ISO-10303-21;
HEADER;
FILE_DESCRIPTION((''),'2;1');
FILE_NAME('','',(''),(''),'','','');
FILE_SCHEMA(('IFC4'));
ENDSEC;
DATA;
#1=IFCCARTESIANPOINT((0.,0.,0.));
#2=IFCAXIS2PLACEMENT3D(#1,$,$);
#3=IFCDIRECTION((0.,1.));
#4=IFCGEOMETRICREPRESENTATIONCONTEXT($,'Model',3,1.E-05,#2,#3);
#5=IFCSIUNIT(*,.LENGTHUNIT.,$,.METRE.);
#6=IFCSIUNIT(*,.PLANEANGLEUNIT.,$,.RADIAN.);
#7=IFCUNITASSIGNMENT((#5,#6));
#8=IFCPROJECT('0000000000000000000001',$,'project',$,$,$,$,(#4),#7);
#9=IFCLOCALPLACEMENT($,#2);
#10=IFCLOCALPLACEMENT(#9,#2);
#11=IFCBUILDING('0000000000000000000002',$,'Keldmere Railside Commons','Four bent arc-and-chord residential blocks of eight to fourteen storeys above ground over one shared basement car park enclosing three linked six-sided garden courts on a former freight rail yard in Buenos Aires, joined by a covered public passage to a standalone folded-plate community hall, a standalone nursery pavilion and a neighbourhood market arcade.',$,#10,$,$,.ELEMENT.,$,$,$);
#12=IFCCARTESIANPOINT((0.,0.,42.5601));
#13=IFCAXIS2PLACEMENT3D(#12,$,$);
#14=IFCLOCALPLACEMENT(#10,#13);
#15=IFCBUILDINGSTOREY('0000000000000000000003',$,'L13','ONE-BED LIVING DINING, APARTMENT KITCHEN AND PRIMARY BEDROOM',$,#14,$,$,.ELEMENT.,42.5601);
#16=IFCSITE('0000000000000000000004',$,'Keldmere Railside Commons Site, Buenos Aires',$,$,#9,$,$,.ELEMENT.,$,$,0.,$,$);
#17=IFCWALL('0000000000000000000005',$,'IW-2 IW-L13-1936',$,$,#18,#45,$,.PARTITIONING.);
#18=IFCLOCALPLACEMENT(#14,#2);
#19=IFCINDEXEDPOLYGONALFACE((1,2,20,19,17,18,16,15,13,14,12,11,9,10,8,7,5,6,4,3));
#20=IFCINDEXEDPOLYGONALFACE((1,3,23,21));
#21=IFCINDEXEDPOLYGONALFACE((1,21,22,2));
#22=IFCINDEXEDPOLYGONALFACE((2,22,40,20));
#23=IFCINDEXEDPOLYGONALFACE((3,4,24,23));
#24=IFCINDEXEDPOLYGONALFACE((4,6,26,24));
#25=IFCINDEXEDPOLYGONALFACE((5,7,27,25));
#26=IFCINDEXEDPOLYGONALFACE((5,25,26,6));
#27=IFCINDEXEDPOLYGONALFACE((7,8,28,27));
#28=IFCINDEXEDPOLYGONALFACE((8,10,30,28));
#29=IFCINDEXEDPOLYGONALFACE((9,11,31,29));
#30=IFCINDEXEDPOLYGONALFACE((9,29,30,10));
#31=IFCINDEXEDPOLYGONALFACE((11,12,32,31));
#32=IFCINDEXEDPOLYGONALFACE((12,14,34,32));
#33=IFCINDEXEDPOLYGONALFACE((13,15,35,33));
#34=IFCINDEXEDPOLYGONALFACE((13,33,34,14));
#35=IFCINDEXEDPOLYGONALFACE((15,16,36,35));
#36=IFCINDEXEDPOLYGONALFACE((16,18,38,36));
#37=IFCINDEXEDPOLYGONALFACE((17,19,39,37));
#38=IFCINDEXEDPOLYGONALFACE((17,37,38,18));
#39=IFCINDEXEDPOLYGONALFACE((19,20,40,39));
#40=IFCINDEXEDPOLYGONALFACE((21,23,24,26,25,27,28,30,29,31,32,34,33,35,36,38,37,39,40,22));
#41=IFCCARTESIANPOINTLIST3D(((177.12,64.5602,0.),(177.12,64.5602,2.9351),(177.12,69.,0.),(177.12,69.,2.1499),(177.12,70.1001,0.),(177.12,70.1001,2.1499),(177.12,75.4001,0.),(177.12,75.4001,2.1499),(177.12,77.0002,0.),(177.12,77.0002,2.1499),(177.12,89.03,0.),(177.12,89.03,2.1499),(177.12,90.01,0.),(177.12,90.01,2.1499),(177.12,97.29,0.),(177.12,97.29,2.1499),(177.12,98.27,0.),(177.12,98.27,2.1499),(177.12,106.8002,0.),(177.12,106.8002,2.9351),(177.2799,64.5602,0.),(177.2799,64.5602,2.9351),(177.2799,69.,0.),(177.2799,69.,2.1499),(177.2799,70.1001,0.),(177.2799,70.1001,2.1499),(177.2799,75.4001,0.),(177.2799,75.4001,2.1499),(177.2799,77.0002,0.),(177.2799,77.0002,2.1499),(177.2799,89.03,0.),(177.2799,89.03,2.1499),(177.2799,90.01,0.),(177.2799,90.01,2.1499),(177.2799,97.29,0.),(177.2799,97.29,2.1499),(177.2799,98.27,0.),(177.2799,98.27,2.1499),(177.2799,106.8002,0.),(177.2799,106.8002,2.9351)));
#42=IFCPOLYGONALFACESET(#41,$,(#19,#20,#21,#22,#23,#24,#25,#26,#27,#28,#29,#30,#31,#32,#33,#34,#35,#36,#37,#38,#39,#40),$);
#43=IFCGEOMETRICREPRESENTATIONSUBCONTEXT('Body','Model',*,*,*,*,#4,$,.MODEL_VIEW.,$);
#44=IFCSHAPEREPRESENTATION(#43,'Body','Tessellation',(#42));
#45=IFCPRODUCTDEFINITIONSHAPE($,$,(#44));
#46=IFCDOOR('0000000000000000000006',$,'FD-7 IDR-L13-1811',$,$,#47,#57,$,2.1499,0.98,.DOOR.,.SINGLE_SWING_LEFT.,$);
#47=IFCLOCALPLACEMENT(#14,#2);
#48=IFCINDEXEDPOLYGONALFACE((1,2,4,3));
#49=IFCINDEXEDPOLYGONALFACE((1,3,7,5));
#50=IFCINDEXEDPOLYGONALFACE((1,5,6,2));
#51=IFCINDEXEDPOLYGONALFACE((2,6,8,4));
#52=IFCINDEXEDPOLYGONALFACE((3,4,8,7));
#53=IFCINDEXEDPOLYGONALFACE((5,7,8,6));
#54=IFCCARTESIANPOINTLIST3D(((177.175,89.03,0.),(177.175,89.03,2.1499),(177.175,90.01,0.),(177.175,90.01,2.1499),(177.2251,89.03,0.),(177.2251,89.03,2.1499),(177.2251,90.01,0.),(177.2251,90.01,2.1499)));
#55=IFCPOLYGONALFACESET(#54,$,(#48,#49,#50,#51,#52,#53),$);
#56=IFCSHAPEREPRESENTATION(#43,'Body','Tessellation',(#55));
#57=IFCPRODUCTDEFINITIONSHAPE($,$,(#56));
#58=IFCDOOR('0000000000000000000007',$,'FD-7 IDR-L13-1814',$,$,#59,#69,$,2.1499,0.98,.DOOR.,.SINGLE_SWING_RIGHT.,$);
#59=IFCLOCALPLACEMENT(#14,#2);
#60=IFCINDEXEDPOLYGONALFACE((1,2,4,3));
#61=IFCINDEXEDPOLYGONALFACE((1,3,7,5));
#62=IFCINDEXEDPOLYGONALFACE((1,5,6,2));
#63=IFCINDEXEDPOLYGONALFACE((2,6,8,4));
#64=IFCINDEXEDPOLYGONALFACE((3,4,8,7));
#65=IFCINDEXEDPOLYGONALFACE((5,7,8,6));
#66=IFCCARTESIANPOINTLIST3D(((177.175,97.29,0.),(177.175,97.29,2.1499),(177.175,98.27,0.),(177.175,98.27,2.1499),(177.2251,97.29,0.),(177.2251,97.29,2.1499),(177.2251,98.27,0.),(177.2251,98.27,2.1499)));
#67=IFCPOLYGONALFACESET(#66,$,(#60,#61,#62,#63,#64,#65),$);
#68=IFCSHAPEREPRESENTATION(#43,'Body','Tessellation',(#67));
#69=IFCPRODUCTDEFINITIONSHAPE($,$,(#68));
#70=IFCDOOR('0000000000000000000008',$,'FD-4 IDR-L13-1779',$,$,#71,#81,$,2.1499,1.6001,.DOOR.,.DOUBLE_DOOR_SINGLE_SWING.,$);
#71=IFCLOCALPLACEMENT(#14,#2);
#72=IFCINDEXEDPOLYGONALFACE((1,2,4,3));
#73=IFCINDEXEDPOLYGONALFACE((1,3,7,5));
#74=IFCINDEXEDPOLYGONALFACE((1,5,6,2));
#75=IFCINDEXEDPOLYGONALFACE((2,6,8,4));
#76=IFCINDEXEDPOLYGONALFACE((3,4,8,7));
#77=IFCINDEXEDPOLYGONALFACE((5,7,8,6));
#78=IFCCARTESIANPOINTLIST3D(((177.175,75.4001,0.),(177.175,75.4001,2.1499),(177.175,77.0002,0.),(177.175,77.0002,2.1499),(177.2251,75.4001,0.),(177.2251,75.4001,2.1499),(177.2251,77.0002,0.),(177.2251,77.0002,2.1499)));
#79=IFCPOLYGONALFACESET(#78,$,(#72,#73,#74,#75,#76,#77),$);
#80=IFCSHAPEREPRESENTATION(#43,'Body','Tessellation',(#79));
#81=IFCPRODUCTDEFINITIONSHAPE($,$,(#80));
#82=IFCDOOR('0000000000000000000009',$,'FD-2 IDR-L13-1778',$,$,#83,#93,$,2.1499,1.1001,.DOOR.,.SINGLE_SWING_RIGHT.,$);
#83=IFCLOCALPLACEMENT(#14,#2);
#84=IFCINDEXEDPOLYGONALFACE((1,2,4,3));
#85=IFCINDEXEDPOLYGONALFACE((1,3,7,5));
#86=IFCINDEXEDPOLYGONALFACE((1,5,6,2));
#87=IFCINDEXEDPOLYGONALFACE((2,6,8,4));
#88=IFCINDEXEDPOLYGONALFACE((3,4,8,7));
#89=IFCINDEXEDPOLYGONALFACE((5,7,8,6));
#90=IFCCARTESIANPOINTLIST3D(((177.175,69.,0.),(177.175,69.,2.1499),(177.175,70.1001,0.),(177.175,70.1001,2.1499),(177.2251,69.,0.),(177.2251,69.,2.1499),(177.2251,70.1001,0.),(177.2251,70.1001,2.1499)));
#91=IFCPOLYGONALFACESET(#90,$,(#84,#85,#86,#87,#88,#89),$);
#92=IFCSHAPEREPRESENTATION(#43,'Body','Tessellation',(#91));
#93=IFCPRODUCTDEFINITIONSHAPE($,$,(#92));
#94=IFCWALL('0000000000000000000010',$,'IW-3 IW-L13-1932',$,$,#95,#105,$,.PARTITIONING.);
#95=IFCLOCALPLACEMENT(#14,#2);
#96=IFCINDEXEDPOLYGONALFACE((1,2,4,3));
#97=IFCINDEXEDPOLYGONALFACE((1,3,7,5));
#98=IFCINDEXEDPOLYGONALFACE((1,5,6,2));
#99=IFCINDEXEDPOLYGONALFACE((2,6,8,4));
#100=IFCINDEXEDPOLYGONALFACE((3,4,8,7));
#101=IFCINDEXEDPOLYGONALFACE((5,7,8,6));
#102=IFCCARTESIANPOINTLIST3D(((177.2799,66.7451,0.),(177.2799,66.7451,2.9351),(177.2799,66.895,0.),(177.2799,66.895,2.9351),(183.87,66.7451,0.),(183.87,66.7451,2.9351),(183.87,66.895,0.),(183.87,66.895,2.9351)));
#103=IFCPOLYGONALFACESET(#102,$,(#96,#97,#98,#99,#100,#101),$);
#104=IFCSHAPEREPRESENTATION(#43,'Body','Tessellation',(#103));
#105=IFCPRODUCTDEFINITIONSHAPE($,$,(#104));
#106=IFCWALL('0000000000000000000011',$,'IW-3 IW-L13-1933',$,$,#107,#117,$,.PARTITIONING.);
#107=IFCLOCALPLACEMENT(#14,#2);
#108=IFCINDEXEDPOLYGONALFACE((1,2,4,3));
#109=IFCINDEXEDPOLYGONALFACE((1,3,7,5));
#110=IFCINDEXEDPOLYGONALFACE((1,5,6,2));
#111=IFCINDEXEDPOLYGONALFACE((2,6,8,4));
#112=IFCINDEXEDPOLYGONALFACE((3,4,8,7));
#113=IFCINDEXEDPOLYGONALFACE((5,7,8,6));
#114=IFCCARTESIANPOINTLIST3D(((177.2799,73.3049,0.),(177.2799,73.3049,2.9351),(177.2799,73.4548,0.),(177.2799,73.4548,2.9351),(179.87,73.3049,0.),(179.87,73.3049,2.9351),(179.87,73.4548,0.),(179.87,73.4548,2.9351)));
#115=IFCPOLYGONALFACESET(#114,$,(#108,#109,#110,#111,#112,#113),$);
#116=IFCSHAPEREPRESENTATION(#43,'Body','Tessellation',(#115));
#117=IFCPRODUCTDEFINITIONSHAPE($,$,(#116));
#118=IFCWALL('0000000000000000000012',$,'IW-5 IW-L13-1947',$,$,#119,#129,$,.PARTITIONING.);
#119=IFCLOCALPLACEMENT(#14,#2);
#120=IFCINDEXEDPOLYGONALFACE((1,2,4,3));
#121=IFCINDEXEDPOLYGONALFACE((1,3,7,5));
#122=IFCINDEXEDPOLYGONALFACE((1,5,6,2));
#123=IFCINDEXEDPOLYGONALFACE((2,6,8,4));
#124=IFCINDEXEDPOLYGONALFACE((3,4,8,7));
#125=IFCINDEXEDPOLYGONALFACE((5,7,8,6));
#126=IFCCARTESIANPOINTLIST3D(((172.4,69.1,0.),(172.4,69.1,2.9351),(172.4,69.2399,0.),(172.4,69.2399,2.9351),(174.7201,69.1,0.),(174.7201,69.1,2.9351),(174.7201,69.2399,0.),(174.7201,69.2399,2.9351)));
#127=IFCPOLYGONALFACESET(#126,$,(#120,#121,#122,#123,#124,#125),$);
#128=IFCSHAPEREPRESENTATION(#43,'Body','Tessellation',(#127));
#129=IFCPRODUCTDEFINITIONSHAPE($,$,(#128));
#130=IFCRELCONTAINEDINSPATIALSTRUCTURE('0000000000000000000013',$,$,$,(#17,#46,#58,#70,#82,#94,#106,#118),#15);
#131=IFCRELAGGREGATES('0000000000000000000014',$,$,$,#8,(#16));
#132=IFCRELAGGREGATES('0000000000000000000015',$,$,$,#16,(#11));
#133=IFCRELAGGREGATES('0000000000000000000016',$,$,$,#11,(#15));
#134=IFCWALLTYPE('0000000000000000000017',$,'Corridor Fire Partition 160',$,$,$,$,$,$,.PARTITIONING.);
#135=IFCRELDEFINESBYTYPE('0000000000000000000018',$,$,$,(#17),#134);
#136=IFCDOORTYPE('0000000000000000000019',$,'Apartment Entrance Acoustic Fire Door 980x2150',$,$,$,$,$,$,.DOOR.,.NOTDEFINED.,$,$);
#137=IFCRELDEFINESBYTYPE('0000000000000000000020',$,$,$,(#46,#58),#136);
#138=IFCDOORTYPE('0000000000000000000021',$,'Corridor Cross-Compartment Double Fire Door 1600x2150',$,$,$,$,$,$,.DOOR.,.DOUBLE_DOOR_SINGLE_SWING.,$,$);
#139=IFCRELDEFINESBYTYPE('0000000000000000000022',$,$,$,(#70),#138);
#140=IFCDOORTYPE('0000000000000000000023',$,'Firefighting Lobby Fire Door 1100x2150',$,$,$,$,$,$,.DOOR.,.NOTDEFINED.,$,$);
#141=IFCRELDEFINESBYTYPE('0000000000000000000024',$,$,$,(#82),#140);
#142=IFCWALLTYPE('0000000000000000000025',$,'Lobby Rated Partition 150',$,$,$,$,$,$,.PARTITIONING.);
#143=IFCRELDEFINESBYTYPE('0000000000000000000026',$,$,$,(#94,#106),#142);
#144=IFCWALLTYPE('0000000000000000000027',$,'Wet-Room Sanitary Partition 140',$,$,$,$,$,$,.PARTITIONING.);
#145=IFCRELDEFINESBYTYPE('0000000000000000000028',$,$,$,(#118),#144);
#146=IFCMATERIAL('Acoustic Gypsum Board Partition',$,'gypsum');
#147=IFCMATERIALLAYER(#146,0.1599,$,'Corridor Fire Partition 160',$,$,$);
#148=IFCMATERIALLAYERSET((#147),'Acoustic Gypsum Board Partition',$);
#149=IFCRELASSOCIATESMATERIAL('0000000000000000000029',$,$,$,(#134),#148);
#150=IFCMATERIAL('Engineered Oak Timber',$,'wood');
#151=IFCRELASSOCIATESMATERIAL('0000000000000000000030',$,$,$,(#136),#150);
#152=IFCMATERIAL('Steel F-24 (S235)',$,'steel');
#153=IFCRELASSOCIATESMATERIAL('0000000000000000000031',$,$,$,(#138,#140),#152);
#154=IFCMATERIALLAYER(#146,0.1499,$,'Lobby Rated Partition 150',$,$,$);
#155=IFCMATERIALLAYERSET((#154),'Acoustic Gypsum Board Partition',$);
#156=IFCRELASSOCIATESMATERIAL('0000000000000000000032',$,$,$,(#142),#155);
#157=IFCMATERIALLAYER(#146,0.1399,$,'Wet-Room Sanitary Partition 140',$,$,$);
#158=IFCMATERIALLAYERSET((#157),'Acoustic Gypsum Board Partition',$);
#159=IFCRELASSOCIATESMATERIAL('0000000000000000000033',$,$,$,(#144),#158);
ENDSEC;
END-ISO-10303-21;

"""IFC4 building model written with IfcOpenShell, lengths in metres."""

from ifc_helpers import new_model, si_unit, direction, frame, frame_2d, origin, place, context, subcontext, project, spatial, rectangle, extrude, material, layer, layer_set, type_object, element, fill, save


model = new_model("IFC4")

# Units and contexts
model_context = context("Model", 3, precision=1e-05, world=origin(), true_north=direction((0.0, 1.0)))
body_context = subcontext(model_context, "Body", "Model", "MODEL_VIEW")
ifc_project = project(units=[si_unit("LENGTHUNIT", "METRE"), si_unit("PLANEANGLEUNIT", "RADIAN")], contexts=[model_context])

# Site, building, storey
site_placement = place(None, origin())
site = spatial("IfcSite", under=ifc_project, at=site_placement, Name="Keldmere Railside Commons Site, Buenos Aires", CompositionType="ELEMENT", RefElevation=0.0)
building_placement = place(site_placement, origin())
building = spatial("IfcBuilding", under=site, at=building_placement, Name="Keldmere Railside Commons", Description="Four bent arc-and-chord residential blocks of eight to fourteen storeys above ground over one shared basement car park enclosing three linked six-sided garden courts on a former freight rail yard in Buenos Aires, joined by a covered public passage to a standalone folded-plate community hall, a standalone nursery pavilion and a neighbourhood market arcade.", CompositionType="ELEMENT")
storey_placement = place(building_placement, frame((0.0, 0.0, 42.5601)))
storey = spatial("IfcBuildingStorey", under=building, at=storey_placement, Name="L13", Description="ONE-BED LIVING DINING, APARTMENT KITCHEN AND PRIMARY BEDROOM", CompositionType="ELEMENT", Elevation=42.5601)

# Shared definitions
ifc_material_1 = material(Name="Acoustic Gypsum Board Partition", Category="gypsum")
ifc_material_2 = material(Name="Engineered Oak Timber", Category="wood")

# Shared definitions
ifc_material_3 = material(Name="Steel F-24 (S235)", Category="steel")

# Wall, openings, doors
ifc_layer_1 = layer(ifc_material_1, 0.1599, Name="Corridor Fire Partition 160")
ifc_layer_set_1 = layer_set([ifc_layer_1], Name="Acoustic Gypsum Board Partition")
wall_type_1 = type_object("IfcWallType", Name="Corridor Fire Partition 160", PredefinedType="PARTITIONING", material=ifc_layer_set_1)
door_type_1 = type_object("IfcDoorType", Name="Apartment Entrance Acoustic Fire Door 980x2150", OperationType="NOTDEFINED", PredefinedType="DOOR", material=ifc_material_2)
wall_1_placement = place(storey_placement, frame((177.2, 64.5601, 0.0), z_axis=(0.0, 0.0, 1.0), x_axis=(0.0, 1.0, 0.0)))
wall_1 = element("IfcWall", 1, at=wall_1_placement, inside=storey, type_object=wall_type_1, Name="IW-2 IW-L13-1936", PredefinedType="PARTITIONING", context=body_context, shape_type="SweptSolid", body=[
    extrude(rectangle(XDim=42.24, YDim=0.1599, at=frame_2d((21.1201, 0.0))), origin(), (0.0, 0.0, 1.0), 2.9351),
])
opening_1_placement = place(wall_1_placement, frame((4.4399, 0.0, 0.0)))
opening_1 = element("IfcOpeningElement", 2, at=opening_1_placement, cuts=wall_1, PredefinedType="OPENING", context=body_context, shape_type="SweptSolid", body=[
    extrude(rectangle(XDim=1.1001, YDim=2.1499, at=frame_2d((0.55, 1.075))), frame((0.0, 0.0898, 0.0), z_axis=(0.0, -1.0, 0.0), x_axis=(1.0, 0.0, 0.0)), (0.0, 0.0, 1.0), 0.1799),
])
opening_2_placement = place(wall_1_placement, frame((10.8401, 0.0, 0.0)))
opening_2 = element("IfcOpeningElement", 3, at=opening_2_placement, cuts=wall_1, PredefinedType="OPENING", context=body_context, shape_type="SweptSolid", body=[
    extrude(rectangle(XDim=1.6001, YDim=2.1499, at=frame_2d((0.8, 1.075))), frame((0.0, 0.0898, 0.0), z_axis=(0.0, -1.0, 0.0), x_axis=(1.0, 0.0, 0.0)), (0.0, 0.0, 1.0), 0.1799),
])
opening_3_placement = place(wall_1_placement, frame((24.47, 0.0, 0.0)))
opening_3 = element("IfcOpeningElement", 4, at=opening_3_placement, cuts=wall_1, PredefinedType="OPENING", context=body_context, shape_type="SweptSolid", body=[
    extrude(rectangle(XDim=0.98, YDim=2.1499, at=frame_2d((0.49, 1.075))), frame((0.0, 0.0898, 0.0), z_axis=(0.0, -1.0, 0.0), x_axis=(1.0, 0.0, 0.0)), (0.0, 0.0, 1.0), 0.1799),
])
opening_4_placement = place(wall_1_placement, frame((32.73, 0.0, 0.0)))
opening_4 = element("IfcOpeningElement", 5, at=opening_4_placement, cuts=wall_1, PredefinedType="OPENING", context=body_context, shape_type="SweptSolid", body=[
    extrude(rectangle(XDim=0.98, YDim=2.1499, at=frame_2d((0.49, 1.075))), frame((0.0, 0.0898, 0.0), z_axis=(0.0, -1.0, 0.0), x_axis=(1.0, 0.0, 0.0)), (0.0, 0.0, 1.0), 0.1799),
])
door_1_placement = place(opening_3_placement, origin())
door_1 = element("IfcDoor", 6, at=door_1_placement, inside=storey, type_object=door_type_1, Name="FD-7 IDR-L13-1811", OperationType="SINGLE_SWING_LEFT", OverallHeight=2.1499, OverallWidth=0.98, PredefinedType="DOOR", context=body_context, shape_type="SweptSolid", body=[
    extrude(rectangle(XDim=0.98, YDim=2.1499, at=frame_2d((0.49, 1.075))), frame((0.0, 0.0249, 0.0), z_axis=(0.0, -1.0, 0.0), x_axis=(1.0, 0.0, 0.0)), (0.0, 0.0, 1.0), 0.05),
])
fill(opening_3, door_1)
door_2_placement = place(opening_4_placement, origin())
door_2 = element("IfcDoor", 7, at=door_2_placement, inside=storey, type_object=door_type_1, Name="FD-7 IDR-L13-1814", OperationType="SINGLE_SWING_RIGHT", OverallHeight=2.1499, OverallWidth=0.98, PredefinedType="DOOR", context=body_context, shape_type="SweptSolid", body=[
    extrude(rectangle(XDim=0.98, YDim=2.1499, at=frame_2d((0.49, 1.075))), frame((0.0, 0.0249, 0.0), z_axis=(0.0, -1.0, 0.0), x_axis=(1.0, 0.0, 0.0)), (0.0, 0.0, 1.0), 0.05),
])
fill(opening_4, door_2)
door_type_2 = type_object("IfcDoorType", Name="Corridor Cross-Compartment Double Fire Door 1600x2150", OperationType="DOUBLE_DOOR_SINGLE_SWING", PredefinedType="DOOR", material=ifc_material_3)
door_3_placement = place(opening_2_placement, origin())
door_3 = element("IfcDoor", 8, at=door_3_placement, inside=storey, type_object=door_type_2, Name="FD-4 IDR-L13-1779", OperationType="DOUBLE_DOOR_SINGLE_SWING", OverallHeight=2.1499, OverallWidth=1.6001, PredefinedType="DOOR", context=body_context, shape_type="SweptSolid", body=[
    extrude(rectangle(XDim=1.6001, YDim=2.1499, at=frame_2d((0.8, 1.075))), frame((0.0, 0.0249, 0.0), z_axis=(0.0, -1.0, 0.0), x_axis=(1.0, 0.0, 0.0)), (0.0, 0.0, 1.0), 0.05),
])
fill(opening_2, door_3)
door_type_3 = type_object("IfcDoorType", Name="Firefighting Lobby Fire Door 1100x2150", OperationType="NOTDEFINED", PredefinedType="DOOR", material=ifc_material_3)
door_4_placement = place(opening_1_placement, origin())
door_4 = element("IfcDoor", 9, at=door_4_placement, inside=storey, type_object=door_type_3, Name="FD-2 IDR-L13-1778", OperationType="SINGLE_SWING_RIGHT", OverallHeight=2.1499, OverallWidth=1.1001, PredefinedType="DOOR", context=body_context, shape_type="SweptSolid", body=[
    extrude(rectangle(XDim=1.1001, YDim=2.1499, at=frame_2d((0.55, 1.075))), frame((0.0, 0.0249, 0.0), z_axis=(0.0, -1.0, 0.0), x_axis=(1.0, 0.0, 0.0)), (0.0, 0.0, 1.0), 0.05),
])
fill(opening_1, door_4)

# Walls
ifc_layer_2 = layer(ifc_material_1, 0.1499, Name="Lobby Rated Partition 150")
ifc_layer_set_2 = layer_set([ifc_layer_2], Name="Acoustic Gypsum Board Partition")
wall_type_2 = type_object("IfcWallType", Name="Lobby Rated Partition 150", PredefinedType="PARTITIONING", material=ifc_layer_set_2)
wall_2_placement = place(storey_placement, frame((177.28, 66.8201, 0.0), z_axis=(0.0, 0.0, 1.0), x_axis=(1.0, 0.0, 0.0)))
element("IfcWall", 10, at=wall_2_placement, inside=storey, type_object=wall_type_2, Name="IW-3 IW-L13-1932", PredefinedType="PARTITIONING", context=body_context, shape_type="SweptSolid", body=[
    extrude(rectangle(XDim=6.5901, YDim=0.1499, at=frame_2d((3.2949, 0.0))), origin(), (0.0, 0.0, 1.0), 2.9351),
])
wall_3_placement = place(storey_placement, frame((177.28, 73.3799, 0.0), z_axis=(0.0, 0.0, 1.0), x_axis=(1.0, 0.0, 0.0)))
element("IfcWall", 11, at=wall_3_placement, inside=storey, type_object=wall_type_2, Name="IW-3 IW-L13-1933", PredefinedType="PARTITIONING", context=body_context, shape_type="SweptSolid", body=[
    extrude(rectangle(XDim=2.5901, YDim=0.1499, at=frame_2d((1.2949, 0.0))), origin(), (0.0, 0.0, 1.0), 2.9351),
])
ifc_layer_3 = layer(ifc_material_1, 0.1399, Name="Wet-Room Sanitary Partition 140")
ifc_layer_set_3 = layer_set([ifc_layer_3], Name="Acoustic Gypsum Board Partition")
wall_type_3 = type_object("IfcWallType", Name="Wet-Room Sanitary Partition 140", PredefinedType="PARTITIONING", material=ifc_layer_set_3)
wall_4_placement = place(storey_placement, frame((172.3999, 69.1699, 0.0), z_axis=(0.0, 0.0, 1.0), x_axis=(1.0, 0.0, 0.0)))
element("IfcWall", 12, at=wall_4_placement, inside=storey, type_object=wall_type_3, Name="IW-5 IW-L13-1947", PredefinedType="PARTITIONING", context=body_context, shape_type="SweptSolid", body=[
    extrude(rectangle(XDim=2.3201, YDim=0.1399, at=frame_2d((1.1602, 0.0))), origin(), (0.0, 0.0, 1.0), 2.9351),
])

save(model, "model.ifc")
